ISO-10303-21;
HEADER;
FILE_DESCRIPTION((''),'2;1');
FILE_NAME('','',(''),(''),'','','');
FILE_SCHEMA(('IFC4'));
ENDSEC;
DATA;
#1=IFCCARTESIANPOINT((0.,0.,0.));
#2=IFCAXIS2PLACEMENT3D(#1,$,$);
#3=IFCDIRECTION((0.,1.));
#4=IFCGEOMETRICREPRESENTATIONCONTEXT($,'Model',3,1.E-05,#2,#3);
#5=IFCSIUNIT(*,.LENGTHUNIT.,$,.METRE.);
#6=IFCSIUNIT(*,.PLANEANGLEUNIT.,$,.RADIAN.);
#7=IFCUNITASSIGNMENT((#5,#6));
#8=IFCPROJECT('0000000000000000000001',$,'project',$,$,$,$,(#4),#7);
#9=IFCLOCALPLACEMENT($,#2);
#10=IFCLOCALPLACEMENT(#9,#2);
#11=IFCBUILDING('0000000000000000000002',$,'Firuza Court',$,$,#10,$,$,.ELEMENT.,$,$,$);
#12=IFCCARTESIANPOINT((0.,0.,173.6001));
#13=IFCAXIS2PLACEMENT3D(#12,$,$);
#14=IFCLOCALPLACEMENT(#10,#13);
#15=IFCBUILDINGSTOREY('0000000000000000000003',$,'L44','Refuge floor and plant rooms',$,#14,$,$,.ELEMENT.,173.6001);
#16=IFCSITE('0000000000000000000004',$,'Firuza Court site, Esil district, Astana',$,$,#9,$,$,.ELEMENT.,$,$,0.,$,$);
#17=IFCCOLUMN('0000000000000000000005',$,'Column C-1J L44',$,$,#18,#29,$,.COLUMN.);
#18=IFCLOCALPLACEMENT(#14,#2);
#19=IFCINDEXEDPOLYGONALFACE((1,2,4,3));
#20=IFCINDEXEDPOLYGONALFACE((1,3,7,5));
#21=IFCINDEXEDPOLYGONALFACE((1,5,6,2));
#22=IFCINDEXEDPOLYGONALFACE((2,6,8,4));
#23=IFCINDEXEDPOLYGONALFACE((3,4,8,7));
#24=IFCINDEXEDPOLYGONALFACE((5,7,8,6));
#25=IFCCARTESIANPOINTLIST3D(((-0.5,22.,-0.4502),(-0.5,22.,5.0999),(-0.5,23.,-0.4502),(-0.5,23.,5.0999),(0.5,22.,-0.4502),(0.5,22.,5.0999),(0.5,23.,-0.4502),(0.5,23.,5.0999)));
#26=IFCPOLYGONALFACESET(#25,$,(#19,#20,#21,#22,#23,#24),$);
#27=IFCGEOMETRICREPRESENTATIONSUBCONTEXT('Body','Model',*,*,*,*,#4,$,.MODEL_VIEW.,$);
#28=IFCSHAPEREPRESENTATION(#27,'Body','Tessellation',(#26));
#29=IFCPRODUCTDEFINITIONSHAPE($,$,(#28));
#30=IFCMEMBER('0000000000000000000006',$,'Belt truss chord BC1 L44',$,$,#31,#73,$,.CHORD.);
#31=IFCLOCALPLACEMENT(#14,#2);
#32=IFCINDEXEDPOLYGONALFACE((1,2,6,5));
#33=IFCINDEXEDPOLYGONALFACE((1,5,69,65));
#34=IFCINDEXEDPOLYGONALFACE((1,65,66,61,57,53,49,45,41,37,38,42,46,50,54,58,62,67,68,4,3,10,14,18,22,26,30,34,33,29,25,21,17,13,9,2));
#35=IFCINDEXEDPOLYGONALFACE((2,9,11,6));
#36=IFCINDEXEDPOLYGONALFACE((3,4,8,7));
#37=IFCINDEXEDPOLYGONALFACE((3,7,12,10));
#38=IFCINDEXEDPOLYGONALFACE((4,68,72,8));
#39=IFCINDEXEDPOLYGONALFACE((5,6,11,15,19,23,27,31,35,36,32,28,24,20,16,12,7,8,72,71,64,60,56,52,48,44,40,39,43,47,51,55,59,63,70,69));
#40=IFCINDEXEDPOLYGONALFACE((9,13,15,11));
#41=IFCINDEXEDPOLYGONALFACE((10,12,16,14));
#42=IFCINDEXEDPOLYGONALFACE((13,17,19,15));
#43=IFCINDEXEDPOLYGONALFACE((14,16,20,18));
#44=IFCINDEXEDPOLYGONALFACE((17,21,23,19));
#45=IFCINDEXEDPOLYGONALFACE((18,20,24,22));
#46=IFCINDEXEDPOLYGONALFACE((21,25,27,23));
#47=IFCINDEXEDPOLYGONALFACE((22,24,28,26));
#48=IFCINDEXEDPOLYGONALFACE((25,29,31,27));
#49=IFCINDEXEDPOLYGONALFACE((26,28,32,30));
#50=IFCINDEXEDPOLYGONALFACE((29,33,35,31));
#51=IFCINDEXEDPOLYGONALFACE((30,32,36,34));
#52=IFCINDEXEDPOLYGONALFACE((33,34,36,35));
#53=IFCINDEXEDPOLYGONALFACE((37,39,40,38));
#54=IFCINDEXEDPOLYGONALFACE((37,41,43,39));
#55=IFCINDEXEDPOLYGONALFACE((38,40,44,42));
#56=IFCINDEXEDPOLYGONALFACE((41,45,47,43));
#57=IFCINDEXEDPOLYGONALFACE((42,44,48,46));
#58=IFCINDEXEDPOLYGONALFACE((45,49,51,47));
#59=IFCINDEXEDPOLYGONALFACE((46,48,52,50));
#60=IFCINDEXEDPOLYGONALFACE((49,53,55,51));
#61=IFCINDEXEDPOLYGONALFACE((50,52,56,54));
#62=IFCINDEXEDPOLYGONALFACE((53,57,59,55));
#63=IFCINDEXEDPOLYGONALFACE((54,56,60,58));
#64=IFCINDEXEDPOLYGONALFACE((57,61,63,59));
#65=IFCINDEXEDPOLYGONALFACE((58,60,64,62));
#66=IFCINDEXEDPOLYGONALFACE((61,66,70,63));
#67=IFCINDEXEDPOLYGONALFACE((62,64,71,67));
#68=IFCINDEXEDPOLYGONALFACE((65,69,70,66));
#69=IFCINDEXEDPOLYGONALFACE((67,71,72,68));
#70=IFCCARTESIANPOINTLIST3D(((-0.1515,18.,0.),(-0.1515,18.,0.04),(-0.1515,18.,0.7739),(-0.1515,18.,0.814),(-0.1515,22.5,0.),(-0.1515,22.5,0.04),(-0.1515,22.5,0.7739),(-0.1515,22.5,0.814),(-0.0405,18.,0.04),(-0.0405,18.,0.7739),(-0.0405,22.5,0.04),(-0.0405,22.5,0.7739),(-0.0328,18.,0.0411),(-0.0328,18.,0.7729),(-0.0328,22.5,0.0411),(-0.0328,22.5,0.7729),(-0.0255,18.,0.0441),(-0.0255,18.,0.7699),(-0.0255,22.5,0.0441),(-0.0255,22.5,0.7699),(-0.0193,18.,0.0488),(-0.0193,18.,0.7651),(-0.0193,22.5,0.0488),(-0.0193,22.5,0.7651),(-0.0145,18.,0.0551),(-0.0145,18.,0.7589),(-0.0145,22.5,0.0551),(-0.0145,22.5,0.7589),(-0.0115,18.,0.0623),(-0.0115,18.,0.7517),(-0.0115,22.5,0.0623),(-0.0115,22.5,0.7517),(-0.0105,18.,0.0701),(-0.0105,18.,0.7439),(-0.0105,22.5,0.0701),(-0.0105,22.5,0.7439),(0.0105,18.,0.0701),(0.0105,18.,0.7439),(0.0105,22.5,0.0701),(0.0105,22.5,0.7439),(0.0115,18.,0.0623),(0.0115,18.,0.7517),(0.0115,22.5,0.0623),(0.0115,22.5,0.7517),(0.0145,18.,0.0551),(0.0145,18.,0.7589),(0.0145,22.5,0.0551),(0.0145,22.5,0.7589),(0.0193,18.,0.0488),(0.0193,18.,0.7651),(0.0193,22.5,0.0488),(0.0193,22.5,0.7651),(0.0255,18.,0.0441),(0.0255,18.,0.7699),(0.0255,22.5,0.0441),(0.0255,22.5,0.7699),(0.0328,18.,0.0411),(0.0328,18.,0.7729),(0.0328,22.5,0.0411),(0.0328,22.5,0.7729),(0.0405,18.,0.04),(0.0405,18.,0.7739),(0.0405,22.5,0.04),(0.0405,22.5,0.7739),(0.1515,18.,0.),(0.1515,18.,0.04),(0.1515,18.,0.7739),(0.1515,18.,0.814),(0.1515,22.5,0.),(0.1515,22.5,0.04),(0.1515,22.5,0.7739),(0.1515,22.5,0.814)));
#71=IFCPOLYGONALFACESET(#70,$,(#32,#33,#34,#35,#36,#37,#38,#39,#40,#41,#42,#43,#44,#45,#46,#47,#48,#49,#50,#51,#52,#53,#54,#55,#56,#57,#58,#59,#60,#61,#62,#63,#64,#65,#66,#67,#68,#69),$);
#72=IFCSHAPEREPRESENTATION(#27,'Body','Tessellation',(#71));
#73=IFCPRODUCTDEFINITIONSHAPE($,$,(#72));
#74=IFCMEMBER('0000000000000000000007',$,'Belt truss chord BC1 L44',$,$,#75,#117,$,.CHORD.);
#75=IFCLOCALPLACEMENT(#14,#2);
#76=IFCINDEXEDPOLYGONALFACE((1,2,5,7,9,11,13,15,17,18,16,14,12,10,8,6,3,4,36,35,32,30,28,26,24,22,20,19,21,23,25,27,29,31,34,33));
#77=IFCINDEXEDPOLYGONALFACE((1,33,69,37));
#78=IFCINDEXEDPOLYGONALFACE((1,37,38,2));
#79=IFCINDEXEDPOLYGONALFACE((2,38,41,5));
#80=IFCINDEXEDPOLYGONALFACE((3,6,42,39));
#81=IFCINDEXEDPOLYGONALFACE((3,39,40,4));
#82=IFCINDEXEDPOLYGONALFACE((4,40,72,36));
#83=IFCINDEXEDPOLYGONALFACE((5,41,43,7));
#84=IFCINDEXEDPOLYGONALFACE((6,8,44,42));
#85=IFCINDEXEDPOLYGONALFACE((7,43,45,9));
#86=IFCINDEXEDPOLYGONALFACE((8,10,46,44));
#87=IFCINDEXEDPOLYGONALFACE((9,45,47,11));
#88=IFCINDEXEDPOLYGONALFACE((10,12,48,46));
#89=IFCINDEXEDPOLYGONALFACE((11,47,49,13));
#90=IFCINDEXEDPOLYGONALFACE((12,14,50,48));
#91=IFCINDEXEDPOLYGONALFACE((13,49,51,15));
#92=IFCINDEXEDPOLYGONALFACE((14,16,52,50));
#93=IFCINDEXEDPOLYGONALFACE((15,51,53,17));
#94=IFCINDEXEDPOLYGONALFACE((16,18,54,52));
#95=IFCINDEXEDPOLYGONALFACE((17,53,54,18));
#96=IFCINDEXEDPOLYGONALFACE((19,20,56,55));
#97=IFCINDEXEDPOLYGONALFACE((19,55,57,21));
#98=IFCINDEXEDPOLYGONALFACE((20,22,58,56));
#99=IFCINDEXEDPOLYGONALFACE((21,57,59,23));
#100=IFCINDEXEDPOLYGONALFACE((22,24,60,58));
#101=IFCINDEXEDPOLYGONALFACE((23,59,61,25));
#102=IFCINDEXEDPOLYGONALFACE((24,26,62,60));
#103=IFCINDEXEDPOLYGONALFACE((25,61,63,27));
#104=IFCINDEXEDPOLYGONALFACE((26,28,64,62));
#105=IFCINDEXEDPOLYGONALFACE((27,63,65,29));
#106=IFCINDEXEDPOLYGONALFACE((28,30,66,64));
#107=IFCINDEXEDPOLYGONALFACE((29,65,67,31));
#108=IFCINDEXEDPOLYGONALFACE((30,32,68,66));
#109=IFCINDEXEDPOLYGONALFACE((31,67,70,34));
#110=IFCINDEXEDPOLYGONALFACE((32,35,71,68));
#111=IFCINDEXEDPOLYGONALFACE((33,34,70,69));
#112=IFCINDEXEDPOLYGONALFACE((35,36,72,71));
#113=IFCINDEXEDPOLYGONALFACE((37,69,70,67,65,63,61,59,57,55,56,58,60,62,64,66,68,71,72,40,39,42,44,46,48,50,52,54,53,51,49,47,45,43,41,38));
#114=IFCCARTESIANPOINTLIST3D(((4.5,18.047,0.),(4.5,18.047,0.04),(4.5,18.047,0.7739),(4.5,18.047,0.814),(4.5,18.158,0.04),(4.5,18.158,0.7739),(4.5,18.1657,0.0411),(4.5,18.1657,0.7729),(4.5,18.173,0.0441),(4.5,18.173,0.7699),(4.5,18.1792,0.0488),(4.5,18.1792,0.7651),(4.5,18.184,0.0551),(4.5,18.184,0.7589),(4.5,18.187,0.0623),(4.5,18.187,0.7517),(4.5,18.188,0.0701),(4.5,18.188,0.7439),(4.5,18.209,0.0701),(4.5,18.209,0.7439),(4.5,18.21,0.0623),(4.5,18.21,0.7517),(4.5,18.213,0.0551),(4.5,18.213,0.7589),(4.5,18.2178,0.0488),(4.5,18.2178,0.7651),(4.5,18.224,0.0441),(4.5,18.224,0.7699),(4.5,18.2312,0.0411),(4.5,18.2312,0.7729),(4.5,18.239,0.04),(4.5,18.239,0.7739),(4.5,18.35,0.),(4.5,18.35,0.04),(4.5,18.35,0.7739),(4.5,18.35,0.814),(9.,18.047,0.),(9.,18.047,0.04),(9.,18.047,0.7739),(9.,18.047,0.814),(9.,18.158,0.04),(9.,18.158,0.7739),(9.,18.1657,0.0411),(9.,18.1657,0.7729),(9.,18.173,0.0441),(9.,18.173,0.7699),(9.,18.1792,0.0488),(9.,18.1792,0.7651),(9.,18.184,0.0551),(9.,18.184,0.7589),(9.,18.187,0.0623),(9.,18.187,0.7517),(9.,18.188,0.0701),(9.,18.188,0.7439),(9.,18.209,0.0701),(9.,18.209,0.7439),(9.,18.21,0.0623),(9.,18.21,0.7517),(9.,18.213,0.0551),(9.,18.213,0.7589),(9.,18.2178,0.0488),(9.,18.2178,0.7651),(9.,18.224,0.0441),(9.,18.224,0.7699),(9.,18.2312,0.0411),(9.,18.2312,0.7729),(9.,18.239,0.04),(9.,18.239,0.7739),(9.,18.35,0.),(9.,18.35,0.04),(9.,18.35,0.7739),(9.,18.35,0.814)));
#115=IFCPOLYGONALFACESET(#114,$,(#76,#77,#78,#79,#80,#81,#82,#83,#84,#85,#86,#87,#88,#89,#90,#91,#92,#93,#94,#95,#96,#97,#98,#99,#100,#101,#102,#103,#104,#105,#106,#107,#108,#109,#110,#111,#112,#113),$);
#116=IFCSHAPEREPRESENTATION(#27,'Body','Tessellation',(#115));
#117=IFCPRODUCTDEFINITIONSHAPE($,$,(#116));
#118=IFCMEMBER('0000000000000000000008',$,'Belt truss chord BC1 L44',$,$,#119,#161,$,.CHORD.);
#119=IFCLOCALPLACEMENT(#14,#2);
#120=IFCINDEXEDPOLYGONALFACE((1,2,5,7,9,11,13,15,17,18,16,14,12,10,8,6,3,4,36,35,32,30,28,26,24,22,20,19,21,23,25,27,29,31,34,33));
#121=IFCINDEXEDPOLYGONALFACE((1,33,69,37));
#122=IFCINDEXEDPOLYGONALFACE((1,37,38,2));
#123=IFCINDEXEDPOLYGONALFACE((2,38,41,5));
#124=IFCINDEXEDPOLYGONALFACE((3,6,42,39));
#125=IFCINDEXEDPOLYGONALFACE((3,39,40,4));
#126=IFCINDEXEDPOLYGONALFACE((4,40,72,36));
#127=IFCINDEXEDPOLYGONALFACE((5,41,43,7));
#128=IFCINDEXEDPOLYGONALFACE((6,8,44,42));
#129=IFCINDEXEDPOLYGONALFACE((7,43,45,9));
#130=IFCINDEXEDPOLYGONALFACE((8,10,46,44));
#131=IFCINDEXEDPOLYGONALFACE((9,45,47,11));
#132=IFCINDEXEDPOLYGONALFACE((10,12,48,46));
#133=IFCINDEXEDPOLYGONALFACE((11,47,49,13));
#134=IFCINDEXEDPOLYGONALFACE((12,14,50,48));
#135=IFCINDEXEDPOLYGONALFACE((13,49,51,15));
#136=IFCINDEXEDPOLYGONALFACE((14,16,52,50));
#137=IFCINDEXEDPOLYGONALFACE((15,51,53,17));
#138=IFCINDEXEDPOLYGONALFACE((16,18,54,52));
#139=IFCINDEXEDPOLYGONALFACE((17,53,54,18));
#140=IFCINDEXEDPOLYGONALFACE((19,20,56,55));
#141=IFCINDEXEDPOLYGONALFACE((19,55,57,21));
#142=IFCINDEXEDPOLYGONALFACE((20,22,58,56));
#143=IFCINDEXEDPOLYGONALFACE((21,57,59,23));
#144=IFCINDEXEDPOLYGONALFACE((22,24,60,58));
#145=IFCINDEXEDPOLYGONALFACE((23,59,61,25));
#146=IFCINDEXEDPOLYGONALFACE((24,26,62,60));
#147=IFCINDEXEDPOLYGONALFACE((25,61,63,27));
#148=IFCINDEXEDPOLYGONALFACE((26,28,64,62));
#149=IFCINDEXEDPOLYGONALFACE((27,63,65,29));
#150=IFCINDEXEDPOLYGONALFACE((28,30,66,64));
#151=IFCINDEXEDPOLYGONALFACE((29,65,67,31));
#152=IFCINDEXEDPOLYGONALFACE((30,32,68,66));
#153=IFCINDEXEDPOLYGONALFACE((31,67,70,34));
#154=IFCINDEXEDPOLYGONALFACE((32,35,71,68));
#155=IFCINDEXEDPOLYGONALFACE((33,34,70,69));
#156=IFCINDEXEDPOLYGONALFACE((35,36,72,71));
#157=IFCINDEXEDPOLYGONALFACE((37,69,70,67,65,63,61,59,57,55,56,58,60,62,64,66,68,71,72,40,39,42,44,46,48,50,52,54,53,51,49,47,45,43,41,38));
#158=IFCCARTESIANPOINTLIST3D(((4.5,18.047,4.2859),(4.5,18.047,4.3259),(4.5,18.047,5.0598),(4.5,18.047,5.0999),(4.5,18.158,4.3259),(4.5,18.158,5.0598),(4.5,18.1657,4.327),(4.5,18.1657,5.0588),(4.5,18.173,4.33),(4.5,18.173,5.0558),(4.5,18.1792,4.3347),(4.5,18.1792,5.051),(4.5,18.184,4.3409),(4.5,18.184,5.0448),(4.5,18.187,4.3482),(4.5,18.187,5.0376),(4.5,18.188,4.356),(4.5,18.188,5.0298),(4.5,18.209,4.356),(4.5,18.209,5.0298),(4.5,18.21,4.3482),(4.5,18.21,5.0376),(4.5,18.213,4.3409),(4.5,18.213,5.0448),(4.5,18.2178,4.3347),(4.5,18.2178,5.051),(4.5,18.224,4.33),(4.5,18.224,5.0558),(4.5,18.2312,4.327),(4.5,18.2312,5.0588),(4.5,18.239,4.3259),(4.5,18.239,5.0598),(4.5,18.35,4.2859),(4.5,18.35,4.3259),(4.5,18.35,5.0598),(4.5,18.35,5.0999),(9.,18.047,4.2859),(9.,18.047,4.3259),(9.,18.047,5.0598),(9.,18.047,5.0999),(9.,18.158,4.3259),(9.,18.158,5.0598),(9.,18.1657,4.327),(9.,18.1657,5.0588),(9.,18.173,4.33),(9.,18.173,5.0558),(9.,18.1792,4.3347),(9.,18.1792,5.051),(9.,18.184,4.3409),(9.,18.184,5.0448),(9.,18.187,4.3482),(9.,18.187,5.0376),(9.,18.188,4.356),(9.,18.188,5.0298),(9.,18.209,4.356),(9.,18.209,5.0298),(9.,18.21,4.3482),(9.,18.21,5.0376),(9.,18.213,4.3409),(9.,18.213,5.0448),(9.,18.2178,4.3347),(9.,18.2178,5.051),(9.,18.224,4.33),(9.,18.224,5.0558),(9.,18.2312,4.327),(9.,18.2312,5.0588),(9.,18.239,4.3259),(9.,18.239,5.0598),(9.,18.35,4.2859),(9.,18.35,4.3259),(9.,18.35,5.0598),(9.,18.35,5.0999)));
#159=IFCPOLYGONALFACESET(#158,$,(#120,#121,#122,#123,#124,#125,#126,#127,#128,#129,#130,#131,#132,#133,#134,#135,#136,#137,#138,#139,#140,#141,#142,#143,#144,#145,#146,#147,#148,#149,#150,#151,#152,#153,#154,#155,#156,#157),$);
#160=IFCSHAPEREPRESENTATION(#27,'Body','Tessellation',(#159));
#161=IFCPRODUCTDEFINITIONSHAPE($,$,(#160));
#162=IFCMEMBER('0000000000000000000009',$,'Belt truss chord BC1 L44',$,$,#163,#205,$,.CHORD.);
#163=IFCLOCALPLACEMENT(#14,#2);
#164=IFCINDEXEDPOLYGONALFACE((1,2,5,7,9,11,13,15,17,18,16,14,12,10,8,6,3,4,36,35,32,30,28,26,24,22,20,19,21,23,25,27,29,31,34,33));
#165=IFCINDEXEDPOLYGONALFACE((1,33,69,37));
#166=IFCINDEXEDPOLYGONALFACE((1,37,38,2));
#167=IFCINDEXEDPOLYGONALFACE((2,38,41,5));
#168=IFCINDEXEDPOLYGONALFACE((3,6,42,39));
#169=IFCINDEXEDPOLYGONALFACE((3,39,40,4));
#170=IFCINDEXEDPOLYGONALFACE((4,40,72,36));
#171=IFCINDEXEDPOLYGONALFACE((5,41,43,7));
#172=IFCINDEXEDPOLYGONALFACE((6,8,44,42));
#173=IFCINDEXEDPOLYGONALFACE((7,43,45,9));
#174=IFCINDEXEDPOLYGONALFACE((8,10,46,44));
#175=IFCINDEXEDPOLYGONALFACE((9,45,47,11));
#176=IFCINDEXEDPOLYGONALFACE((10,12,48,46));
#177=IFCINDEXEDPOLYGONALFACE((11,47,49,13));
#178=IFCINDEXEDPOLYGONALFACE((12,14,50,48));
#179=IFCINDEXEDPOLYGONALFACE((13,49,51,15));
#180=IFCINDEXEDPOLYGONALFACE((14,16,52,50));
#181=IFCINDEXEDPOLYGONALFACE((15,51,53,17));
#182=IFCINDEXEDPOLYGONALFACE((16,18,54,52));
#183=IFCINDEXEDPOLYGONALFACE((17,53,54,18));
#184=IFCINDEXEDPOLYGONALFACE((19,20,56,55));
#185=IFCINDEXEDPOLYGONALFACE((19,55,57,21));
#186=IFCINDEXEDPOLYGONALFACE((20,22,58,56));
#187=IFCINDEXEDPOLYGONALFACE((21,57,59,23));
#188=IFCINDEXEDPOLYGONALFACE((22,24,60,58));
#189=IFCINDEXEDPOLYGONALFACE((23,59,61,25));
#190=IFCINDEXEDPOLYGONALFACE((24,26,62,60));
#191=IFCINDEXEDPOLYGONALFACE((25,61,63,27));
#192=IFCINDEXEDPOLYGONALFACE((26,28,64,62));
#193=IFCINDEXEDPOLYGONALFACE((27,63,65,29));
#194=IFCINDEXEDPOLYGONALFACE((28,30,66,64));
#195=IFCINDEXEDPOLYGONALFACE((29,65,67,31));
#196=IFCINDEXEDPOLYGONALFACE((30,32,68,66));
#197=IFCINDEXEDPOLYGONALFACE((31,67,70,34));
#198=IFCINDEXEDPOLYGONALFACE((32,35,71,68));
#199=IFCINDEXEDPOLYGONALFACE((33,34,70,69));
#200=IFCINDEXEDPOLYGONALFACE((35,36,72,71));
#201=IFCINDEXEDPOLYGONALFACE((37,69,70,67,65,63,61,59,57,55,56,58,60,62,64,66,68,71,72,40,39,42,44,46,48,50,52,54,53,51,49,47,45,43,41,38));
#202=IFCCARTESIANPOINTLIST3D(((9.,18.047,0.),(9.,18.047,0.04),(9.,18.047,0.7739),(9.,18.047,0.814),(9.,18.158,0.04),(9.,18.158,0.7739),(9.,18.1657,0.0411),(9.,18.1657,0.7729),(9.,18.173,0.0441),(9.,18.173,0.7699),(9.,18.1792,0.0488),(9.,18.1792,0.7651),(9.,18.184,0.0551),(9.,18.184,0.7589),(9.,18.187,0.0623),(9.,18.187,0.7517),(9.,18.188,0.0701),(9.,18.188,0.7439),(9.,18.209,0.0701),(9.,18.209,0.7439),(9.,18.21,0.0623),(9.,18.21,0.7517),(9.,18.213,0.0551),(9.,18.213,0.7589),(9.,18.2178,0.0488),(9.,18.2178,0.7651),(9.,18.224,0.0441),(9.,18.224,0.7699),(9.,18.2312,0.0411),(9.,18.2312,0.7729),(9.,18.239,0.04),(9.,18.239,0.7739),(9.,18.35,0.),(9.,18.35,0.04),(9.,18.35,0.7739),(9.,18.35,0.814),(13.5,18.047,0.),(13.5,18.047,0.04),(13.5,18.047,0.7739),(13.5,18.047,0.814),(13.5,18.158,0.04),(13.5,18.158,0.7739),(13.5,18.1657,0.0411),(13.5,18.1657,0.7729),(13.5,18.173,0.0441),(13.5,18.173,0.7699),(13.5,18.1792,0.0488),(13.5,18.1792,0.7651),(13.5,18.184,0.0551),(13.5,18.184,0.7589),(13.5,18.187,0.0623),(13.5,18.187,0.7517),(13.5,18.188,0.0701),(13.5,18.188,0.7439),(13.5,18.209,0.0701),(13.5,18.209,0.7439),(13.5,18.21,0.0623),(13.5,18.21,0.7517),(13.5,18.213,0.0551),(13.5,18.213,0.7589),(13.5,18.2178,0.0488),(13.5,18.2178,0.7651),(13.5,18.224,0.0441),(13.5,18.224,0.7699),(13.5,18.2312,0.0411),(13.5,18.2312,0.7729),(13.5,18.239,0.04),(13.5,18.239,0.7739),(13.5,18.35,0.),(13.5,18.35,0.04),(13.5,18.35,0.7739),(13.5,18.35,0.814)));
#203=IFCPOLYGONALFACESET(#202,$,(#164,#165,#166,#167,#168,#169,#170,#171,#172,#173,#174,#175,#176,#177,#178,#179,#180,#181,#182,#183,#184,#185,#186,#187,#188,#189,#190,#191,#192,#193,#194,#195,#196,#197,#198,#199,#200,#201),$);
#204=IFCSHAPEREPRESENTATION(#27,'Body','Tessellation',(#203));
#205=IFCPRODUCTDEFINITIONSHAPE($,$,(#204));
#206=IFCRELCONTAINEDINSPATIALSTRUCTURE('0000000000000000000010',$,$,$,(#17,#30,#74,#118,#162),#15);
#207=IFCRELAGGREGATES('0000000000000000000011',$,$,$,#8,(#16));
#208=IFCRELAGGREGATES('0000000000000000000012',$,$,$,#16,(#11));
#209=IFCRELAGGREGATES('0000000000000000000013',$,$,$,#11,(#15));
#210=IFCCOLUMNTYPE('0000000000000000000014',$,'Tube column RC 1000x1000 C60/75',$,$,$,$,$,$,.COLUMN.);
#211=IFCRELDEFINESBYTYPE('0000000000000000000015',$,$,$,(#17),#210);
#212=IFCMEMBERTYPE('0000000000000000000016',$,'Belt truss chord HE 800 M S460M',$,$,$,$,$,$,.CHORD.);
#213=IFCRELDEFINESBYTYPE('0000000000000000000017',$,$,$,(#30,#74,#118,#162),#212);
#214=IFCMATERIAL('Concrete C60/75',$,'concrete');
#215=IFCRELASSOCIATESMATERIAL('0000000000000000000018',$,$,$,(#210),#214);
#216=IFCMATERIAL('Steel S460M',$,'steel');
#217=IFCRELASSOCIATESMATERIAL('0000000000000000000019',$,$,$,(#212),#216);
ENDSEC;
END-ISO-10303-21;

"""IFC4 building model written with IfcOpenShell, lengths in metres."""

from ifc_helpers import new_model, si_unit, direction, frame, origin, origin_2d, place, context, subcontext, project, spatial, rectangle, i_section, extrude, material, material_profile, profile_set, type_object, element, save


model = new_model("IFC4")

# Units and contexts
model_context = context("Model", 3, precision=1e-05, world=origin(), true_north=direction((0.0, 1.0)))
body_context = subcontext(model_context, "Body", "Model", "MODEL_VIEW")
ifc_project = project(units=[si_unit("LENGTHUNIT", "METRE"), si_unit("PLANEANGLEUNIT", "RADIAN")], contexts=[model_context])

# Site, building, storey
site_placement = place(None, origin())
site = spatial("IfcSite", under=ifc_project, at=site_placement, Name="Firuza Court site, Esil district, Astana", CompositionType="ELEMENT", RefElevation=0.0)
building_placement = place(site_placement, origin())
building = spatial("IfcBuilding", under=site, at=building_placement, Name="Firuza Court", CompositionType="ELEMENT")
storey_placement = place(building_placement, frame((0.0, 0.0, 173.6001)))
storey = spatial("IfcBuildingStorey", under=building, at=storey_placement, Name="L44", Description="Refuge floor and plant rooms", CompositionType="ELEMENT", Elevation=173.6001)

# Column
ifc_material_1 = material(Name="Concrete C60/75", Category="concrete")
ifc_material_profile_1 = material_profile(ifc_material_1, rectangle(XDim=1.0, YDim=1.0, at=origin_2d()), Name="RC 1000x1000")
ifc_profile_set_1 = profile_set([ifc_material_profile_1], Name="Concrete C60/75")
column_type = type_object("IfcColumnType", Name="Tube column RC 1000x1000 C60/75", PredefinedType="COLUMN", material=ifc_profile_set_1)
column_placement = place(storey_placement, frame((0.0, 22.5, -0.4502), z_axis=(0.0, 0.0, 1.0), x_axis=(1.0, 0.0, 0.0)))
element("IfcColumn", 1, at=column_placement, inside=storey, type_object=column_type, Name="Column C-1J L44", PredefinedType="COLUMN", context=body_context, shape_type="SweptSolid", body=[
    extrude(rectangle(XDim=1.0, YDim=1.0, at=origin_2d()), origin(), (0.0, 0.0, 1.0), 5.55),
])

# Members
ifc_material_2 = material(Name="Steel S460M", Category="steel")
ifc_material_profile_2 = material_profile(ifc_material_2, i_section(OverallWidth=0.303, OverallDepth=0.814, WebThickness=0.021, FlangeThickness=0.04, FilletRadius=0.03, at=origin_2d()), Name="HE 800 M")
ifc_profile_set_2 = profile_set([ifc_material_profile_2], Name="Steel S460M")
member_type_1 = type_object("IfcMemberType", Name="Belt truss chord HE 800 M S460M", PredefinedType="CHORD", material=ifc_profile_set_2)
for number, where, z_axis, x_axis, name in (
    (2, (0.0, 22.5, 0.407), (0.0, -1.0, 0.0), (1.0, 0.0, 0.0), "Belt truss chord BC1 L44"),
    (3, (4.5, 18.1985, 0.407), (1.0, 0.0, 0.0), (0.0, 1.0, 0.0), "Belt truss chord BC1 L44"),
    (4, (4.5, 18.1985, 4.6929), (1.0, 0.0, 0.0), (0.0, 1.0, 0.0), "Belt truss chord BC1 L44"),
    (5, (9.0, 18.1985, 0.407), (1.0, 0.0, 0.0), (0.0, 1.0, 0.0), "Belt truss chord BC1 L44"),
):
    element("IfcMember", number, at=place(storey_placement, frame(where, z_axis=z_axis, x_axis=x_axis)), inside=storey, type_object=member_type_1, Name=name, PredefinedType="CHORD", context=body_context, shape_type="SweptSolid", body=[
        extrude(i_section(OverallWidth=0.303, OverallDepth=0.814, WebThickness=0.021, FlangeThickness=0.04, FilletRadius=0.03, at=origin_2d()), origin(), (0.0, 0.0, 1.0), 4.5),
    ])

save(model, "model.ifc")
